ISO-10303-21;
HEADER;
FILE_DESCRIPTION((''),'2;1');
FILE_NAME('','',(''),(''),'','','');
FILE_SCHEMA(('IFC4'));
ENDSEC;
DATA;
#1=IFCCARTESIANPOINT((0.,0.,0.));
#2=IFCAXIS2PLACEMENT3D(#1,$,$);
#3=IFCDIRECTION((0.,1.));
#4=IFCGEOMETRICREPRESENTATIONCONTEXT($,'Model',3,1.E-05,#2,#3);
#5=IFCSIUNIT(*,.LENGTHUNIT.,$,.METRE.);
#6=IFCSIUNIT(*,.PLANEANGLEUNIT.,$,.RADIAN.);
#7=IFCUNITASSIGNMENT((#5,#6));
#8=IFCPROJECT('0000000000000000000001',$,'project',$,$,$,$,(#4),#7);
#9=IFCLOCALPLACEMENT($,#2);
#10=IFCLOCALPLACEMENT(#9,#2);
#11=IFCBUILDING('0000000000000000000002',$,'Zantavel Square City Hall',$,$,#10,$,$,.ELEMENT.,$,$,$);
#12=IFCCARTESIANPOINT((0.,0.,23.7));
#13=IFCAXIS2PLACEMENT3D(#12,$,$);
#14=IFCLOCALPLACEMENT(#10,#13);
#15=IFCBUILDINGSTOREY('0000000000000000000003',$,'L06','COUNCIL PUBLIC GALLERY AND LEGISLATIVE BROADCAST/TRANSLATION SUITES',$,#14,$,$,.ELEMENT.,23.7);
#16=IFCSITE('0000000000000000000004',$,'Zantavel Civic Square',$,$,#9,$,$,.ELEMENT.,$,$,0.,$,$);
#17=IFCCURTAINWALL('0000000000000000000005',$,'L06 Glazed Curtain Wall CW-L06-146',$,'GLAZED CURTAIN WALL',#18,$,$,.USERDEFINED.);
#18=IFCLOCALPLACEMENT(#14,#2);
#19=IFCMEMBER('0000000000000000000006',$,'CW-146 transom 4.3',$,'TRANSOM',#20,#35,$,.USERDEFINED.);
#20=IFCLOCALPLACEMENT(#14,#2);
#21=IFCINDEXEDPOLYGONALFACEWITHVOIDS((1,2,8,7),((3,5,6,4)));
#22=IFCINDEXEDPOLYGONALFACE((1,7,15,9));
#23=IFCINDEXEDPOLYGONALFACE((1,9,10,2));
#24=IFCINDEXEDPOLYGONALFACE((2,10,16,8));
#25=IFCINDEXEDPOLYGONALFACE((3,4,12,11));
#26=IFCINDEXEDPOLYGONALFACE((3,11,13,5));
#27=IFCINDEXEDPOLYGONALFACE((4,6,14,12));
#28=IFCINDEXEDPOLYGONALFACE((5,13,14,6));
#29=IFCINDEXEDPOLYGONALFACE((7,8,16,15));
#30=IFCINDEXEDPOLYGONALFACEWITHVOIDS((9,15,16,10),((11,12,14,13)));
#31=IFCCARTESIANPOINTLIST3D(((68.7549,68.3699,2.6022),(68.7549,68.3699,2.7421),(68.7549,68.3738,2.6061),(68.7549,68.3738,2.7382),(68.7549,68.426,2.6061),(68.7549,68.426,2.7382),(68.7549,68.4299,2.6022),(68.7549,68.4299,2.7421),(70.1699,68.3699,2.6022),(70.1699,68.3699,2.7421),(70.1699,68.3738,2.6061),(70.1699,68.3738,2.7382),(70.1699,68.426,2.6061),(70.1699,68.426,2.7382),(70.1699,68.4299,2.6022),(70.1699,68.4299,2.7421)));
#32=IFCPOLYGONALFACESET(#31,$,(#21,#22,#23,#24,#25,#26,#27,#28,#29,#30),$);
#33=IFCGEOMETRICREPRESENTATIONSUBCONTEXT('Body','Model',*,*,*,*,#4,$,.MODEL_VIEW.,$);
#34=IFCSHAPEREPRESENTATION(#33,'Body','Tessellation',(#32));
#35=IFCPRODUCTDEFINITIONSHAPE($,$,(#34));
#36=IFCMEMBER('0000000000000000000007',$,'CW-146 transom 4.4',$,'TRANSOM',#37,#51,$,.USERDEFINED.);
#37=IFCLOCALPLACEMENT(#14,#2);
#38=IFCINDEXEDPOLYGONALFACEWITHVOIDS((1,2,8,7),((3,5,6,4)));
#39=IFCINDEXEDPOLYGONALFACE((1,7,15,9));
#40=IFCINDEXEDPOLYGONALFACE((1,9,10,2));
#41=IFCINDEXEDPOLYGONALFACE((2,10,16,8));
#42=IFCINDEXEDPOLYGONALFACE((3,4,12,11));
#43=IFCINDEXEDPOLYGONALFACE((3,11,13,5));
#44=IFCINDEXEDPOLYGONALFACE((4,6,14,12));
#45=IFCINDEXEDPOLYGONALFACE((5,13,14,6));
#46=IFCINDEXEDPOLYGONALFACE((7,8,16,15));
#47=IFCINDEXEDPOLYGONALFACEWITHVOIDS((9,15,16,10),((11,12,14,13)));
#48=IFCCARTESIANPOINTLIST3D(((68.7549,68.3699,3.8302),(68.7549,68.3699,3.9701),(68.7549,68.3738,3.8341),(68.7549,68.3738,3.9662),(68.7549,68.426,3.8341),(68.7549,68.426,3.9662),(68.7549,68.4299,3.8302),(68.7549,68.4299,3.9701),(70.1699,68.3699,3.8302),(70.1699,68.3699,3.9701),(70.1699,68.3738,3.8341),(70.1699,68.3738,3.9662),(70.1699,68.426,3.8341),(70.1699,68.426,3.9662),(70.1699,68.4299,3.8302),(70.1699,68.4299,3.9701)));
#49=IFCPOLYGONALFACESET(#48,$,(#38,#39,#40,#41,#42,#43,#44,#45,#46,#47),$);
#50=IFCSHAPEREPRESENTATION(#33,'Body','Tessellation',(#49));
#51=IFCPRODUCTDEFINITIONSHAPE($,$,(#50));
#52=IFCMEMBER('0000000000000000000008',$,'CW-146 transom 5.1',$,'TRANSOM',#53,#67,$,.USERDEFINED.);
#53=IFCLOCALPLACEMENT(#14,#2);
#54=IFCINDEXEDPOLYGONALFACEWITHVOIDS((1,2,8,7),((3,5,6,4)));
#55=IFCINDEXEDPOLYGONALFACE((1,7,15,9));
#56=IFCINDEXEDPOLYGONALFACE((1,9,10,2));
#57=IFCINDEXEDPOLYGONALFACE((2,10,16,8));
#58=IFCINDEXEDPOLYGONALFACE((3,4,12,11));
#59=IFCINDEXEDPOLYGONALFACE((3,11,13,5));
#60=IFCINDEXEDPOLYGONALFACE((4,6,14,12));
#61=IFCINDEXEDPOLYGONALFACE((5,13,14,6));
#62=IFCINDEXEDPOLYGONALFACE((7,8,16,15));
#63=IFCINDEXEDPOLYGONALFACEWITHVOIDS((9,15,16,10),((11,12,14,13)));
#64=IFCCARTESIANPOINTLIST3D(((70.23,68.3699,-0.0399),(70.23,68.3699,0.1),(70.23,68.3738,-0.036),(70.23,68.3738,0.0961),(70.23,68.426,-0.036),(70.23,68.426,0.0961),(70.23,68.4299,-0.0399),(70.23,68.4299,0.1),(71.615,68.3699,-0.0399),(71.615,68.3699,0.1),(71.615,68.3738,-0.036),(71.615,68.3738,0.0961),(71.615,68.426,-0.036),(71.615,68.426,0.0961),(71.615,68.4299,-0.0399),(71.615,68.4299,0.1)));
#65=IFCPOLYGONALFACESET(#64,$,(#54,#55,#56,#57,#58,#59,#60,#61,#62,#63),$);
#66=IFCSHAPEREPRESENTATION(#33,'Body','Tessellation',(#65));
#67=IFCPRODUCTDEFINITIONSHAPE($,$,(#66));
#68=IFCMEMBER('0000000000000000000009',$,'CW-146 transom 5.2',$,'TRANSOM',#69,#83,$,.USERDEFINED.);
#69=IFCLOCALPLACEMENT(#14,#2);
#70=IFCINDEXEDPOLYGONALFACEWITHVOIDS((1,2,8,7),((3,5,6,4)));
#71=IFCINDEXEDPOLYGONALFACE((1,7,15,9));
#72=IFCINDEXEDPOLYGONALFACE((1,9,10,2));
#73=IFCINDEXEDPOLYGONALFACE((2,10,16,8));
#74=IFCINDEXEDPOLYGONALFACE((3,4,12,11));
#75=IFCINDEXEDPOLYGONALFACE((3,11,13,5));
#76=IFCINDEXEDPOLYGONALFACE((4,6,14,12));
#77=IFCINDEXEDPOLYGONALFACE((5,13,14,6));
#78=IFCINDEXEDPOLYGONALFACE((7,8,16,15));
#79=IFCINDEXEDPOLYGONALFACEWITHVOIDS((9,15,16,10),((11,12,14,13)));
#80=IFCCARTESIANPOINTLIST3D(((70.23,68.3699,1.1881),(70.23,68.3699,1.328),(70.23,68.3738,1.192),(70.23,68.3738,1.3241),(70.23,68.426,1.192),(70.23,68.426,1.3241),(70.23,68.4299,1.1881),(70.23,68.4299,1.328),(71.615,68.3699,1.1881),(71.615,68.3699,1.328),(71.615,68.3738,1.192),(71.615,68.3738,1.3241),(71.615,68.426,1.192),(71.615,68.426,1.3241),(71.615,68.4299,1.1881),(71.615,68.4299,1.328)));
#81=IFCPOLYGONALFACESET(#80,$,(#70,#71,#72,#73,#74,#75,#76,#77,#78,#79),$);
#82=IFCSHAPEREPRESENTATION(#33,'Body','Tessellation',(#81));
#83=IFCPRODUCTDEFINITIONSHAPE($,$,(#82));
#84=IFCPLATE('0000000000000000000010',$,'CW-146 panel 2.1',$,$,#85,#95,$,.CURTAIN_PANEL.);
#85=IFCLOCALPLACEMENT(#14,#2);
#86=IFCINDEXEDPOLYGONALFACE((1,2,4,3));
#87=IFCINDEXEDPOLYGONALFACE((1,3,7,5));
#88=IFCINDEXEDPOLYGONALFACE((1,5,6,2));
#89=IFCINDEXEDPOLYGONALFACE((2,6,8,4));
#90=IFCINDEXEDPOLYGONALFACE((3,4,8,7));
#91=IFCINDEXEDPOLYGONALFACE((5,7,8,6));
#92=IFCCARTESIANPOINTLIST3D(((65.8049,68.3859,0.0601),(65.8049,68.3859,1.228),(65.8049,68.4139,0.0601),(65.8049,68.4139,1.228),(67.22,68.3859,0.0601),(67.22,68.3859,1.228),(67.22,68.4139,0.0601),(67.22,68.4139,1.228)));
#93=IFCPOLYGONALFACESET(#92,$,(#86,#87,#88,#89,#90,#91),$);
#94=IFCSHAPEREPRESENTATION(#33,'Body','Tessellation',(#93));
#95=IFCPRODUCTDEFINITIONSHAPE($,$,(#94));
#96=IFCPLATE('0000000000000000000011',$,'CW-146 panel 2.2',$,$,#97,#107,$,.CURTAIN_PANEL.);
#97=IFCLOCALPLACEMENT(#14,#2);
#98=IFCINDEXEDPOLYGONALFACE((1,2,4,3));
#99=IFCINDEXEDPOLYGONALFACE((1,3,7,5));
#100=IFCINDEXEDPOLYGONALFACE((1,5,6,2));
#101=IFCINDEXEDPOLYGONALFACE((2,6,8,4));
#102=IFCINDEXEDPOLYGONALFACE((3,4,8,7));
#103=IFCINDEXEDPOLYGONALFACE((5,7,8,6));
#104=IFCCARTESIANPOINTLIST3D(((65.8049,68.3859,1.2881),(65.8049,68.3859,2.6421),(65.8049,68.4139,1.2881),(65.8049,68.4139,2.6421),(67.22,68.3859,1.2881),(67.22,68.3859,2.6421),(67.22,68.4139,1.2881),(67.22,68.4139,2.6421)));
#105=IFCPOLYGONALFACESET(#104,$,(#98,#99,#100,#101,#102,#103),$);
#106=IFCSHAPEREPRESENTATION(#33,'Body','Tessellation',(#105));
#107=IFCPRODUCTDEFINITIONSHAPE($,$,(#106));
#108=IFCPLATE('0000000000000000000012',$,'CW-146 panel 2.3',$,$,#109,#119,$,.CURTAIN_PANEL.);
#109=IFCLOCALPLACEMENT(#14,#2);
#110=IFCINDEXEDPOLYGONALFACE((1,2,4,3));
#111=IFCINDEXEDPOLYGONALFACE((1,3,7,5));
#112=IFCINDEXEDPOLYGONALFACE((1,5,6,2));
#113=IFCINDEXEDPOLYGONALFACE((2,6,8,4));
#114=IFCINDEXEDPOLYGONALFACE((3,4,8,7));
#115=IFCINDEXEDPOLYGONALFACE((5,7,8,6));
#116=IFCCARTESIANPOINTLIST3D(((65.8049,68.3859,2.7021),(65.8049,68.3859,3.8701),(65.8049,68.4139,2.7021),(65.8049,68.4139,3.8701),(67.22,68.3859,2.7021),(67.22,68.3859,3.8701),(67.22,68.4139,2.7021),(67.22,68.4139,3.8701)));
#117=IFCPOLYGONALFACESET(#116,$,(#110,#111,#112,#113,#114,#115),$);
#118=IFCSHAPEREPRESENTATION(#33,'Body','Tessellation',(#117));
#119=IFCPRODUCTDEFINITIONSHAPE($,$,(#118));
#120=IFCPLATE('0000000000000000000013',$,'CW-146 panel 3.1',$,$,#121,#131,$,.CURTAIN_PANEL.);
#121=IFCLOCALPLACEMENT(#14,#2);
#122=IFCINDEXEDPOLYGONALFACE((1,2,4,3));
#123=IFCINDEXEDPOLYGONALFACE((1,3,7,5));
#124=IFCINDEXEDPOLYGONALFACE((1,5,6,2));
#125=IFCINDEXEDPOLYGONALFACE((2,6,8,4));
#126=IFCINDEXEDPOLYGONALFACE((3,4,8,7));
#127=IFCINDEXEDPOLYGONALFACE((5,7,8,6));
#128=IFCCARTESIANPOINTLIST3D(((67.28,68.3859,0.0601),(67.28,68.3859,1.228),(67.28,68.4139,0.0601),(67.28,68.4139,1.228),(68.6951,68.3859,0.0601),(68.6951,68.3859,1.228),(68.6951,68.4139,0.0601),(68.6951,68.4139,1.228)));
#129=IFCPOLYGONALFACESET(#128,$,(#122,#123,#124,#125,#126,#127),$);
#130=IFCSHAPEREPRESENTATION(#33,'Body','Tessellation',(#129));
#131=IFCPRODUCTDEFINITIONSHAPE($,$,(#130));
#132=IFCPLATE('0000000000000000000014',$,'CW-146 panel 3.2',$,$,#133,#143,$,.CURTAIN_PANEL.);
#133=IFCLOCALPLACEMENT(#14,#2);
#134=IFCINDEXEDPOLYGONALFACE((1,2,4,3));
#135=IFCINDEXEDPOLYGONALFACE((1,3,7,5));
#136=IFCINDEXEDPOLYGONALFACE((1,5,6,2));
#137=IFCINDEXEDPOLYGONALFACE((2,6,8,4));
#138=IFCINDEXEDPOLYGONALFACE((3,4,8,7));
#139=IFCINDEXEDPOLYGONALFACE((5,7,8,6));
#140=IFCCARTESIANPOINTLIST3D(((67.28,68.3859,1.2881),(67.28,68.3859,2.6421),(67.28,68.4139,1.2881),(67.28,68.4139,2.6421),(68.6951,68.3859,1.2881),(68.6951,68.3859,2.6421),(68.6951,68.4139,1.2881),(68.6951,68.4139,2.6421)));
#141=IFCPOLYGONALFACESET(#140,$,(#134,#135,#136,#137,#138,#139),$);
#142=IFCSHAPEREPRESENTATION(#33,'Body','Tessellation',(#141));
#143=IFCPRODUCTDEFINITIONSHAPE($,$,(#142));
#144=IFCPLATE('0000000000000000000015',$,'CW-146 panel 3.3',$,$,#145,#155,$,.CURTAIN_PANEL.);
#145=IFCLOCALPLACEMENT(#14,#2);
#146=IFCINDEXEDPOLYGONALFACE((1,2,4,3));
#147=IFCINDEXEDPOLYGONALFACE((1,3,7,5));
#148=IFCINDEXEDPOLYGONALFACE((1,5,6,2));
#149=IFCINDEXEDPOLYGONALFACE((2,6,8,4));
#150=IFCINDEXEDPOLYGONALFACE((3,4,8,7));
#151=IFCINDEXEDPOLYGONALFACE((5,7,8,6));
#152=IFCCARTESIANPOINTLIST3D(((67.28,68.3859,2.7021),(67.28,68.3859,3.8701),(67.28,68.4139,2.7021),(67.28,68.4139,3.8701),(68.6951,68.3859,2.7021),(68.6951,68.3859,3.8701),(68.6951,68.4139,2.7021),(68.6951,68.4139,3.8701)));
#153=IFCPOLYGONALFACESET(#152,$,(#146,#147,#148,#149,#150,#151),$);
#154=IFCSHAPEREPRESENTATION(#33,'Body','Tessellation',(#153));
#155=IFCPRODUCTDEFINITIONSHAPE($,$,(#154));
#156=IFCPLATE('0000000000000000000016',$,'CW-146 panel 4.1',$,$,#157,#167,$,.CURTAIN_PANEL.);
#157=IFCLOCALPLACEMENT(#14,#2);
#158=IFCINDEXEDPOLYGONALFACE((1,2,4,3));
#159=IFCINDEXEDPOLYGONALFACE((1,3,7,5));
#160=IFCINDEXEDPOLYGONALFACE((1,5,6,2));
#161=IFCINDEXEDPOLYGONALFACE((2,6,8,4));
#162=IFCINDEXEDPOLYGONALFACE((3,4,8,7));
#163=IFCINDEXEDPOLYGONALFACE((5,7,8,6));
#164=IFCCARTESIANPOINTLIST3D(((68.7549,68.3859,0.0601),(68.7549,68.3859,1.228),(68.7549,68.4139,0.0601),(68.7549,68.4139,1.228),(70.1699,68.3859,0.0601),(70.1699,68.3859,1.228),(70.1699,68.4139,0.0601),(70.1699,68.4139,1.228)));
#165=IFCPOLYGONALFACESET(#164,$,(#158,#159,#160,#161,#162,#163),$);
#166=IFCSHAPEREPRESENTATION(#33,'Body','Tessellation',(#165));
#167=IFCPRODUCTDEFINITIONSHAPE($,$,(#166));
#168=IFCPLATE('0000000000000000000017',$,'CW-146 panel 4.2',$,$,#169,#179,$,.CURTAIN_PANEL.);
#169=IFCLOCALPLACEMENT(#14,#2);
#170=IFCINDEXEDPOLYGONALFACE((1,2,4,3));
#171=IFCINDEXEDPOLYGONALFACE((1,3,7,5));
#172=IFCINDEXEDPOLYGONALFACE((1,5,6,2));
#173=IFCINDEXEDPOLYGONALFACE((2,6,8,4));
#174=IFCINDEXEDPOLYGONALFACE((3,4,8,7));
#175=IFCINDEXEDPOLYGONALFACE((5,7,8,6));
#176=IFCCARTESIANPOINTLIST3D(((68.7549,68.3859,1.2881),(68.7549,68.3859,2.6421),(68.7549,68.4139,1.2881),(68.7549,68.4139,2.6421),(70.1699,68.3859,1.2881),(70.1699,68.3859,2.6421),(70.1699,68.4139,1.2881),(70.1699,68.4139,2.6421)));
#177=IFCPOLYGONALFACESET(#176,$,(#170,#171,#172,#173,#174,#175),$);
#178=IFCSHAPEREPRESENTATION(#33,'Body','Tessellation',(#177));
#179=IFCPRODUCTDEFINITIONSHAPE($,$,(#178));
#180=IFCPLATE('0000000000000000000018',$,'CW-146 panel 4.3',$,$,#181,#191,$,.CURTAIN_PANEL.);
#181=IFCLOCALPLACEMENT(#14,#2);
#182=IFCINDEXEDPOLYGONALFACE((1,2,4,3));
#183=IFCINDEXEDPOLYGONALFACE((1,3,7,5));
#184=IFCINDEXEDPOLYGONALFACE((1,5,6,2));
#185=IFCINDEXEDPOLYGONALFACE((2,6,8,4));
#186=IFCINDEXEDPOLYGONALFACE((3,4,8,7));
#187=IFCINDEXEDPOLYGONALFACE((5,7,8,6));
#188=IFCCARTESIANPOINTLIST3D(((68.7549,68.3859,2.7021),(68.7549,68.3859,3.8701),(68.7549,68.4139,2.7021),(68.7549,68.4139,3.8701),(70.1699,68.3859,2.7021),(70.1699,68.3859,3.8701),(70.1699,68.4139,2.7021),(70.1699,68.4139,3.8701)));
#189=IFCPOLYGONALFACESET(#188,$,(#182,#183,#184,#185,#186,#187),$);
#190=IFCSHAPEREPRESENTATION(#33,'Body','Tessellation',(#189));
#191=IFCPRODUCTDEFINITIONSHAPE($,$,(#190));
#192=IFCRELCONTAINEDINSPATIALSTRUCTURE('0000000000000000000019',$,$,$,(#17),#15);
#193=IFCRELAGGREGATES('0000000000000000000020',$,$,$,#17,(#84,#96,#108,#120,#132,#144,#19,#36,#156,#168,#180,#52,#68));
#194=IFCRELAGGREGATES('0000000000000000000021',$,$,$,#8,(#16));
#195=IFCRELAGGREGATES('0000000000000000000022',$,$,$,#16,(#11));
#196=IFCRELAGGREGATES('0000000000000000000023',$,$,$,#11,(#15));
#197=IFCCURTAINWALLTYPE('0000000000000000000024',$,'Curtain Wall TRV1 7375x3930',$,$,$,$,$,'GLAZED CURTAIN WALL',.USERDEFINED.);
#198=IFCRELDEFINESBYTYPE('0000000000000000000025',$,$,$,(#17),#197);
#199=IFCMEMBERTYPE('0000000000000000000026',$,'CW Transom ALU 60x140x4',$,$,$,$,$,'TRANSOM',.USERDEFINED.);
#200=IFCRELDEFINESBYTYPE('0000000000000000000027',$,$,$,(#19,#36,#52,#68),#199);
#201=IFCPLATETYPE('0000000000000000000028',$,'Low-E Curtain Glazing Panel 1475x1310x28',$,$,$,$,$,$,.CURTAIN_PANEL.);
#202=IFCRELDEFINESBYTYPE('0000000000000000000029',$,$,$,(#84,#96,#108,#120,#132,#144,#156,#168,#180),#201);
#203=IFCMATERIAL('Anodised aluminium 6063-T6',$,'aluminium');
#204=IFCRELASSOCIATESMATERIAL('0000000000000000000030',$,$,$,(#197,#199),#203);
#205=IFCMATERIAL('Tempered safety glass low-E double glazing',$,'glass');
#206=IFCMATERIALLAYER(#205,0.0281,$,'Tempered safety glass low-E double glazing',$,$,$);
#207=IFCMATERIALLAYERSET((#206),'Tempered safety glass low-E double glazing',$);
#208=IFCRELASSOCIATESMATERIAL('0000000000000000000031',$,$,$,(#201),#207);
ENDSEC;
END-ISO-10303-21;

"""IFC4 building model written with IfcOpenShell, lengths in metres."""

from ifc_helpers import new_model, si_unit, direction, frame, origin, origin_2d, place, context, subcontext, project, spatial, rectangle, hollow_rectangle, extrude, material, layer, layer_set, material_profile, profile_set, type_object, element, aggregate, save


model = new_model("IFC4")

# Units and contexts
model_context = context("Model", 3, precision=1e-05, world=origin(), true_north=direction((0.0, 1.0)))
body_context = subcontext(model_context, "Body", "Model", "MODEL_VIEW")
ifc_project = project(units=[si_unit("LENGTHUNIT", "METRE"), si_unit("PLANEANGLEUNIT", "RADIAN")], contexts=[model_context])

# Site, building, storey
site_placement = place(None, origin())
site = spatial("IfcSite", under=ifc_project, at=site_placement, Name="Zantavel Civic Square", CompositionType="ELEMENT", RefElevation=0.0)
building_placement = place(site_placement, origin())
building = spatial("IfcBuilding", under=site, at=building_placement, Name="Zantavel Square City Hall", CompositionType="ELEMENT")
storey_placement = place(building_placement, frame((0.0, 0.0, 23.7)))
storey = spatial("IfcBuildingStorey", under=building, at=storey_placement, Name="L06", Description="COUNCIL PUBLIC GALLERY AND LEGISLATIVE BROADCAST/TRANSLATION SUITES", CompositionType="ELEMENT", Elevation=23.7)

# Curtain wall, members, plates
ifc_material_1 = material(Name="Anodised aluminium 6063-T6", Category="aluminium")
curtain_wall_type = type_object("IfcCurtainWallType", Name="Curtain Wall TRV1 7375x3930", ElementType="GLAZED CURTAIN WALL", PredefinedType="USERDEFINED", material=ifc_material_1)
curtain_wall_placement = place(storey_placement, origin())
curtain_wall = element("IfcCurtainWall", 1, at=curtain_wall_placement, inside=storey, type_object=curtain_wall_type, Name="L06 Glazed Curtain Wall CW-L06-146", ObjectType="GLAZED CURTAIN WALL", PredefinedType="USERDEFINED")
ifc_material_profile_1 = material_profile(ifc_material_1, hollow_rectangle(XDim=0.0601, YDim=0.1399, WallThickness=0.0039, at=origin_2d()), Name="ALU 60x140x4")
ifc_profile_set_1 = profile_set([ifc_material_profile_1], Name="Anodised aluminium 6063-T6")
member_type_1 = type_object("IfcMemberType", Name="CW Transom ALU 60x140x4", ElementType="TRANSOM", PredefinedType="USERDEFINED", material=ifc_profile_set_1)
member_1_placement = place(storey_placement, frame((68.7549, 68.3999, 2.6721), z_axis=(1.0, 0.0, 0.0), x_axis=(0.0, 1.0, 0.0)))
member_1 = element("IfcMember", 2, at=member_1_placement, type_object=member_type_1, Name="CW-146 transom 4.3", ObjectType="TRANSOM", PredefinedType="USERDEFINED", context=body_context, shape_type="SweptSolid", body=[
    extrude(hollow_rectangle(XDim=0.0601, YDim=0.1399, WallThickness=0.0039, at=origin_2d()), origin(), (0.0, 0.0, 1.0), 1.415),
])
member_2_placement = place(storey_placement, frame((68.7549, 68.3999, 3.9001), z_axis=(1.0, 0.0, 0.0), x_axis=(0.0, 1.0, 0.0)))
member_2 = element("IfcMember", 3, at=member_2_placement, type_object=member_type_1, Name="CW-146 transom 4.4", ObjectType="TRANSOM", PredefinedType="USERDEFINED", context=body_context, shape_type="SweptSolid", body=[
    extrude(hollow_rectangle(XDim=0.0601, YDim=0.1399, WallThickness=0.0039, at=origin_2d()), origin(), (0.0, 0.0, 1.0), 1.415),
])
member_3_placement = place(storey_placement, frame((70.23, 68.3999, 0.03), z_axis=(1.0, 0.0, 0.0), x_axis=(0.0, 1.0, 0.0)))
member_3 = element("IfcMember", 4, at=member_3_placement, type_object=member_type_1, Name="CW-146 transom 5.1", ObjectType="TRANSOM", PredefinedType="USERDEFINED", context=body_context, shape_type="SweptSolid", body=[
    extrude(hollow_rectangle(XDim=0.0601, YDim=0.1399, WallThickness=0.0039, at=origin_2d()), origin(), (0.0, 0.0, 1.0), 1.385),
])
member_4_placement = place(storey_placement, frame((70.23, 68.3999, 1.2581), z_axis=(1.0, 0.0, 0.0), x_axis=(0.0, 1.0, 0.0)))
member_4 = element("IfcMember", 5, at=member_4_placement, type_object=member_type_1, Name="CW-146 transom 5.2", ObjectType="TRANSOM", PredefinedType="USERDEFINED", context=body_context, shape_type="SweptSolid", body=[
    extrude(hollow_rectangle(XDim=0.0601, YDim=0.1399, WallThickness=0.0039, at=origin_2d()), origin(), (0.0, 0.0, 1.0), 1.385),
])
ifc_material_2 = material(Name="Tempered safety glass low-E double glazing", Category="glass")
ifc_layer = layer(ifc_material_2, 0.0281, Name="Tempered safety glass low-E double glazing")
ifc_layer_set = layer_set([ifc_layer], Name="Tempered safety glass low-E double glazing")
plate_type = type_object("IfcPlateType", Name="Low-E Curtain Glazing Panel 1475x1310x28", PredefinedType="CURTAIN_PANEL", material=ifc_layer_set)
plate_1_placement = place(storey_placement, frame((66.5125, 68.3999, 0.0601), z_axis=(0.0, 0.0, 1.0), x_axis=(1.0, 0.0, 0.0)))
plate_1 = element("IfcPlate", 6, at=plate_1_placement, type_object=plate_type, Name="CW-146 panel 2.1", PredefinedType="CURTAIN_PANEL", context=body_context, shape_type="SweptSolid", body=[
    extrude(rectangle(XDim=1.415, YDim=0.0281, at=origin_2d()), origin(), (0.0, 0.0, 1.0), 1.168),
])
plate_2_placement = place(storey_placement, frame((66.5125, 68.3999, 1.2881), z_axis=(0.0, 0.0, 1.0), x_axis=(1.0, 0.0, 0.0)))
plate_2 = element("IfcPlate", 7, at=plate_2_placement, type_object=plate_type, Name="CW-146 panel 2.2", PredefinedType="CURTAIN_PANEL", context=body_context, shape_type="SweptSolid", body=[
    extrude(rectangle(XDim=1.415, YDim=0.0281, at=origin_2d()), origin(), (0.0, 0.0, 1.0), 1.354),
])
plate_3_placement = place(storey_placement, frame((66.5125, 68.3999, 2.7021), z_axis=(0.0, 0.0, 1.0), x_axis=(1.0, 0.0, 0.0)))
plate_3 = element("IfcPlate", 8, at=plate_3_placement, type_object=plate_type, Name="CW-146 panel 2.3", PredefinedType="CURTAIN_PANEL", context=body_context, shape_type="SweptSolid", body=[
    extrude(rectangle(XDim=1.415, YDim=0.0281, at=origin_2d()), origin(), (0.0, 0.0, 1.0), 1.168),
])
plate_4_placement = place(storey_placement, frame((67.9875, 68.3999, 0.0601), z_axis=(0.0, 0.0, 1.0), x_axis=(1.0, 0.0, 0.0)))
plate_4 = element("IfcPlate", 9, at=plate_4_placement, type_object=plate_type, Name="CW-146 panel 3.1", PredefinedType="CURTAIN_PANEL", context=body_context, shape_type="SweptSolid", body=[
    extrude(rectangle(XDim=1.415, YDim=0.0281, at=origin_2d()), origin(), (0.0, 0.0, 1.0), 1.168),
])
plate_5_placement = place(storey_placement, frame((67.9875, 68.3999, 1.2881), z_axis=(0.0, 0.0, 1.0), x_axis=(1.0, 0.0, 0.0)))
plate_5 = element("IfcPlate", 10, at=plate_5_placement, type_object=plate_type, Name="CW-146 panel 3.2", PredefinedType="CURTAIN_PANEL", context=body_context, shape_type="SweptSolid", body=[
    extrude(rectangle(XDim=1.415, YDim=0.0281, at=origin_2d()), origin(), (0.0, 0.0, 1.0), 1.354),
])
plate_6_placement = place(storey_placement, frame((67.9875, 68.3999, 2.7021), z_axis=(0.0, 0.0, 1.0), x_axis=(1.0, 0.0, 0.0)))
plate_6 = element("IfcPlate", 11, at=plate_6_placement, type_object=plate_type, Name="CW-146 panel 3.3", PredefinedType="CURTAIN_PANEL", context=body_context, shape_type="SweptSolid", body=[
    extrude(rectangle(XDim=1.415, YDim=0.0281, at=origin_2d()), origin(), (0.0, 0.0, 1.0), 1.168),
])
plate_7_placement = place(storey_placement, frame((69.4624, 68.3999, 0.0601), z_axis=(0.0, 0.0, 1.0), x_axis=(1.0, 0.0, 0.0)))
plate_7 = element("IfcPlate", 12, at=plate_7_placement, type_object=plate_type, Name="CW-146 panel 4.1", PredefinedType="CURTAIN_PANEL", context=body_context, shape_type="SweptSolid", body=[
    extrude(rectangle(XDim=1.415, YDim=0.0281, at=origin_2d()), origin(), (0.0, 0.0, 1.0), 1.168),
])
plate_8_placement = place(storey_placement, frame((69.4624, 68.3999, 1.2881), z_axis=(0.0, 0.0, 1.0), x_axis=(1.0, 0.0, 0.0)))
plate_8 = element("IfcPlate", 13, at=plate_8_placement, type_object=plate_type, Name="CW-146 panel 4.2", PredefinedType="CURTAIN_PANEL", context=body_context, shape_type="SweptSolid", body=[
    extrude(rectangle(XDim=1.415, YDim=0.0281, at=origin_2d()), origin(), (0.0, 0.0, 1.0), 1.354),
])
plate_9_placement = place(storey_placement, frame((69.4624, 68.3999, 2.7021), z_axis=(0.0, 0.0, 1.0), x_axis=(1.0, 0.0, 0.0)))
plate_9 = element("IfcPlate", 14, at=plate_9_placement, type_object=plate_type, Name="CW-146 panel 4.3", PredefinedType="CURTAIN_PANEL", context=body_context, shape_type="SweptSolid", body=[
    extrude(rectangle(XDim=1.415, YDim=0.0281, at=origin_2d()), origin(), (0.0, 0.0, 1.0), 1.168),
])
aggregate(curtain_wall, [plate_1, plate_2, plate_3, plate_4, plate_5, plate_6, member_1, member_2, plate_7, plate_8, plate_9, member_3, member_4])

save(model, "model.ifc")
